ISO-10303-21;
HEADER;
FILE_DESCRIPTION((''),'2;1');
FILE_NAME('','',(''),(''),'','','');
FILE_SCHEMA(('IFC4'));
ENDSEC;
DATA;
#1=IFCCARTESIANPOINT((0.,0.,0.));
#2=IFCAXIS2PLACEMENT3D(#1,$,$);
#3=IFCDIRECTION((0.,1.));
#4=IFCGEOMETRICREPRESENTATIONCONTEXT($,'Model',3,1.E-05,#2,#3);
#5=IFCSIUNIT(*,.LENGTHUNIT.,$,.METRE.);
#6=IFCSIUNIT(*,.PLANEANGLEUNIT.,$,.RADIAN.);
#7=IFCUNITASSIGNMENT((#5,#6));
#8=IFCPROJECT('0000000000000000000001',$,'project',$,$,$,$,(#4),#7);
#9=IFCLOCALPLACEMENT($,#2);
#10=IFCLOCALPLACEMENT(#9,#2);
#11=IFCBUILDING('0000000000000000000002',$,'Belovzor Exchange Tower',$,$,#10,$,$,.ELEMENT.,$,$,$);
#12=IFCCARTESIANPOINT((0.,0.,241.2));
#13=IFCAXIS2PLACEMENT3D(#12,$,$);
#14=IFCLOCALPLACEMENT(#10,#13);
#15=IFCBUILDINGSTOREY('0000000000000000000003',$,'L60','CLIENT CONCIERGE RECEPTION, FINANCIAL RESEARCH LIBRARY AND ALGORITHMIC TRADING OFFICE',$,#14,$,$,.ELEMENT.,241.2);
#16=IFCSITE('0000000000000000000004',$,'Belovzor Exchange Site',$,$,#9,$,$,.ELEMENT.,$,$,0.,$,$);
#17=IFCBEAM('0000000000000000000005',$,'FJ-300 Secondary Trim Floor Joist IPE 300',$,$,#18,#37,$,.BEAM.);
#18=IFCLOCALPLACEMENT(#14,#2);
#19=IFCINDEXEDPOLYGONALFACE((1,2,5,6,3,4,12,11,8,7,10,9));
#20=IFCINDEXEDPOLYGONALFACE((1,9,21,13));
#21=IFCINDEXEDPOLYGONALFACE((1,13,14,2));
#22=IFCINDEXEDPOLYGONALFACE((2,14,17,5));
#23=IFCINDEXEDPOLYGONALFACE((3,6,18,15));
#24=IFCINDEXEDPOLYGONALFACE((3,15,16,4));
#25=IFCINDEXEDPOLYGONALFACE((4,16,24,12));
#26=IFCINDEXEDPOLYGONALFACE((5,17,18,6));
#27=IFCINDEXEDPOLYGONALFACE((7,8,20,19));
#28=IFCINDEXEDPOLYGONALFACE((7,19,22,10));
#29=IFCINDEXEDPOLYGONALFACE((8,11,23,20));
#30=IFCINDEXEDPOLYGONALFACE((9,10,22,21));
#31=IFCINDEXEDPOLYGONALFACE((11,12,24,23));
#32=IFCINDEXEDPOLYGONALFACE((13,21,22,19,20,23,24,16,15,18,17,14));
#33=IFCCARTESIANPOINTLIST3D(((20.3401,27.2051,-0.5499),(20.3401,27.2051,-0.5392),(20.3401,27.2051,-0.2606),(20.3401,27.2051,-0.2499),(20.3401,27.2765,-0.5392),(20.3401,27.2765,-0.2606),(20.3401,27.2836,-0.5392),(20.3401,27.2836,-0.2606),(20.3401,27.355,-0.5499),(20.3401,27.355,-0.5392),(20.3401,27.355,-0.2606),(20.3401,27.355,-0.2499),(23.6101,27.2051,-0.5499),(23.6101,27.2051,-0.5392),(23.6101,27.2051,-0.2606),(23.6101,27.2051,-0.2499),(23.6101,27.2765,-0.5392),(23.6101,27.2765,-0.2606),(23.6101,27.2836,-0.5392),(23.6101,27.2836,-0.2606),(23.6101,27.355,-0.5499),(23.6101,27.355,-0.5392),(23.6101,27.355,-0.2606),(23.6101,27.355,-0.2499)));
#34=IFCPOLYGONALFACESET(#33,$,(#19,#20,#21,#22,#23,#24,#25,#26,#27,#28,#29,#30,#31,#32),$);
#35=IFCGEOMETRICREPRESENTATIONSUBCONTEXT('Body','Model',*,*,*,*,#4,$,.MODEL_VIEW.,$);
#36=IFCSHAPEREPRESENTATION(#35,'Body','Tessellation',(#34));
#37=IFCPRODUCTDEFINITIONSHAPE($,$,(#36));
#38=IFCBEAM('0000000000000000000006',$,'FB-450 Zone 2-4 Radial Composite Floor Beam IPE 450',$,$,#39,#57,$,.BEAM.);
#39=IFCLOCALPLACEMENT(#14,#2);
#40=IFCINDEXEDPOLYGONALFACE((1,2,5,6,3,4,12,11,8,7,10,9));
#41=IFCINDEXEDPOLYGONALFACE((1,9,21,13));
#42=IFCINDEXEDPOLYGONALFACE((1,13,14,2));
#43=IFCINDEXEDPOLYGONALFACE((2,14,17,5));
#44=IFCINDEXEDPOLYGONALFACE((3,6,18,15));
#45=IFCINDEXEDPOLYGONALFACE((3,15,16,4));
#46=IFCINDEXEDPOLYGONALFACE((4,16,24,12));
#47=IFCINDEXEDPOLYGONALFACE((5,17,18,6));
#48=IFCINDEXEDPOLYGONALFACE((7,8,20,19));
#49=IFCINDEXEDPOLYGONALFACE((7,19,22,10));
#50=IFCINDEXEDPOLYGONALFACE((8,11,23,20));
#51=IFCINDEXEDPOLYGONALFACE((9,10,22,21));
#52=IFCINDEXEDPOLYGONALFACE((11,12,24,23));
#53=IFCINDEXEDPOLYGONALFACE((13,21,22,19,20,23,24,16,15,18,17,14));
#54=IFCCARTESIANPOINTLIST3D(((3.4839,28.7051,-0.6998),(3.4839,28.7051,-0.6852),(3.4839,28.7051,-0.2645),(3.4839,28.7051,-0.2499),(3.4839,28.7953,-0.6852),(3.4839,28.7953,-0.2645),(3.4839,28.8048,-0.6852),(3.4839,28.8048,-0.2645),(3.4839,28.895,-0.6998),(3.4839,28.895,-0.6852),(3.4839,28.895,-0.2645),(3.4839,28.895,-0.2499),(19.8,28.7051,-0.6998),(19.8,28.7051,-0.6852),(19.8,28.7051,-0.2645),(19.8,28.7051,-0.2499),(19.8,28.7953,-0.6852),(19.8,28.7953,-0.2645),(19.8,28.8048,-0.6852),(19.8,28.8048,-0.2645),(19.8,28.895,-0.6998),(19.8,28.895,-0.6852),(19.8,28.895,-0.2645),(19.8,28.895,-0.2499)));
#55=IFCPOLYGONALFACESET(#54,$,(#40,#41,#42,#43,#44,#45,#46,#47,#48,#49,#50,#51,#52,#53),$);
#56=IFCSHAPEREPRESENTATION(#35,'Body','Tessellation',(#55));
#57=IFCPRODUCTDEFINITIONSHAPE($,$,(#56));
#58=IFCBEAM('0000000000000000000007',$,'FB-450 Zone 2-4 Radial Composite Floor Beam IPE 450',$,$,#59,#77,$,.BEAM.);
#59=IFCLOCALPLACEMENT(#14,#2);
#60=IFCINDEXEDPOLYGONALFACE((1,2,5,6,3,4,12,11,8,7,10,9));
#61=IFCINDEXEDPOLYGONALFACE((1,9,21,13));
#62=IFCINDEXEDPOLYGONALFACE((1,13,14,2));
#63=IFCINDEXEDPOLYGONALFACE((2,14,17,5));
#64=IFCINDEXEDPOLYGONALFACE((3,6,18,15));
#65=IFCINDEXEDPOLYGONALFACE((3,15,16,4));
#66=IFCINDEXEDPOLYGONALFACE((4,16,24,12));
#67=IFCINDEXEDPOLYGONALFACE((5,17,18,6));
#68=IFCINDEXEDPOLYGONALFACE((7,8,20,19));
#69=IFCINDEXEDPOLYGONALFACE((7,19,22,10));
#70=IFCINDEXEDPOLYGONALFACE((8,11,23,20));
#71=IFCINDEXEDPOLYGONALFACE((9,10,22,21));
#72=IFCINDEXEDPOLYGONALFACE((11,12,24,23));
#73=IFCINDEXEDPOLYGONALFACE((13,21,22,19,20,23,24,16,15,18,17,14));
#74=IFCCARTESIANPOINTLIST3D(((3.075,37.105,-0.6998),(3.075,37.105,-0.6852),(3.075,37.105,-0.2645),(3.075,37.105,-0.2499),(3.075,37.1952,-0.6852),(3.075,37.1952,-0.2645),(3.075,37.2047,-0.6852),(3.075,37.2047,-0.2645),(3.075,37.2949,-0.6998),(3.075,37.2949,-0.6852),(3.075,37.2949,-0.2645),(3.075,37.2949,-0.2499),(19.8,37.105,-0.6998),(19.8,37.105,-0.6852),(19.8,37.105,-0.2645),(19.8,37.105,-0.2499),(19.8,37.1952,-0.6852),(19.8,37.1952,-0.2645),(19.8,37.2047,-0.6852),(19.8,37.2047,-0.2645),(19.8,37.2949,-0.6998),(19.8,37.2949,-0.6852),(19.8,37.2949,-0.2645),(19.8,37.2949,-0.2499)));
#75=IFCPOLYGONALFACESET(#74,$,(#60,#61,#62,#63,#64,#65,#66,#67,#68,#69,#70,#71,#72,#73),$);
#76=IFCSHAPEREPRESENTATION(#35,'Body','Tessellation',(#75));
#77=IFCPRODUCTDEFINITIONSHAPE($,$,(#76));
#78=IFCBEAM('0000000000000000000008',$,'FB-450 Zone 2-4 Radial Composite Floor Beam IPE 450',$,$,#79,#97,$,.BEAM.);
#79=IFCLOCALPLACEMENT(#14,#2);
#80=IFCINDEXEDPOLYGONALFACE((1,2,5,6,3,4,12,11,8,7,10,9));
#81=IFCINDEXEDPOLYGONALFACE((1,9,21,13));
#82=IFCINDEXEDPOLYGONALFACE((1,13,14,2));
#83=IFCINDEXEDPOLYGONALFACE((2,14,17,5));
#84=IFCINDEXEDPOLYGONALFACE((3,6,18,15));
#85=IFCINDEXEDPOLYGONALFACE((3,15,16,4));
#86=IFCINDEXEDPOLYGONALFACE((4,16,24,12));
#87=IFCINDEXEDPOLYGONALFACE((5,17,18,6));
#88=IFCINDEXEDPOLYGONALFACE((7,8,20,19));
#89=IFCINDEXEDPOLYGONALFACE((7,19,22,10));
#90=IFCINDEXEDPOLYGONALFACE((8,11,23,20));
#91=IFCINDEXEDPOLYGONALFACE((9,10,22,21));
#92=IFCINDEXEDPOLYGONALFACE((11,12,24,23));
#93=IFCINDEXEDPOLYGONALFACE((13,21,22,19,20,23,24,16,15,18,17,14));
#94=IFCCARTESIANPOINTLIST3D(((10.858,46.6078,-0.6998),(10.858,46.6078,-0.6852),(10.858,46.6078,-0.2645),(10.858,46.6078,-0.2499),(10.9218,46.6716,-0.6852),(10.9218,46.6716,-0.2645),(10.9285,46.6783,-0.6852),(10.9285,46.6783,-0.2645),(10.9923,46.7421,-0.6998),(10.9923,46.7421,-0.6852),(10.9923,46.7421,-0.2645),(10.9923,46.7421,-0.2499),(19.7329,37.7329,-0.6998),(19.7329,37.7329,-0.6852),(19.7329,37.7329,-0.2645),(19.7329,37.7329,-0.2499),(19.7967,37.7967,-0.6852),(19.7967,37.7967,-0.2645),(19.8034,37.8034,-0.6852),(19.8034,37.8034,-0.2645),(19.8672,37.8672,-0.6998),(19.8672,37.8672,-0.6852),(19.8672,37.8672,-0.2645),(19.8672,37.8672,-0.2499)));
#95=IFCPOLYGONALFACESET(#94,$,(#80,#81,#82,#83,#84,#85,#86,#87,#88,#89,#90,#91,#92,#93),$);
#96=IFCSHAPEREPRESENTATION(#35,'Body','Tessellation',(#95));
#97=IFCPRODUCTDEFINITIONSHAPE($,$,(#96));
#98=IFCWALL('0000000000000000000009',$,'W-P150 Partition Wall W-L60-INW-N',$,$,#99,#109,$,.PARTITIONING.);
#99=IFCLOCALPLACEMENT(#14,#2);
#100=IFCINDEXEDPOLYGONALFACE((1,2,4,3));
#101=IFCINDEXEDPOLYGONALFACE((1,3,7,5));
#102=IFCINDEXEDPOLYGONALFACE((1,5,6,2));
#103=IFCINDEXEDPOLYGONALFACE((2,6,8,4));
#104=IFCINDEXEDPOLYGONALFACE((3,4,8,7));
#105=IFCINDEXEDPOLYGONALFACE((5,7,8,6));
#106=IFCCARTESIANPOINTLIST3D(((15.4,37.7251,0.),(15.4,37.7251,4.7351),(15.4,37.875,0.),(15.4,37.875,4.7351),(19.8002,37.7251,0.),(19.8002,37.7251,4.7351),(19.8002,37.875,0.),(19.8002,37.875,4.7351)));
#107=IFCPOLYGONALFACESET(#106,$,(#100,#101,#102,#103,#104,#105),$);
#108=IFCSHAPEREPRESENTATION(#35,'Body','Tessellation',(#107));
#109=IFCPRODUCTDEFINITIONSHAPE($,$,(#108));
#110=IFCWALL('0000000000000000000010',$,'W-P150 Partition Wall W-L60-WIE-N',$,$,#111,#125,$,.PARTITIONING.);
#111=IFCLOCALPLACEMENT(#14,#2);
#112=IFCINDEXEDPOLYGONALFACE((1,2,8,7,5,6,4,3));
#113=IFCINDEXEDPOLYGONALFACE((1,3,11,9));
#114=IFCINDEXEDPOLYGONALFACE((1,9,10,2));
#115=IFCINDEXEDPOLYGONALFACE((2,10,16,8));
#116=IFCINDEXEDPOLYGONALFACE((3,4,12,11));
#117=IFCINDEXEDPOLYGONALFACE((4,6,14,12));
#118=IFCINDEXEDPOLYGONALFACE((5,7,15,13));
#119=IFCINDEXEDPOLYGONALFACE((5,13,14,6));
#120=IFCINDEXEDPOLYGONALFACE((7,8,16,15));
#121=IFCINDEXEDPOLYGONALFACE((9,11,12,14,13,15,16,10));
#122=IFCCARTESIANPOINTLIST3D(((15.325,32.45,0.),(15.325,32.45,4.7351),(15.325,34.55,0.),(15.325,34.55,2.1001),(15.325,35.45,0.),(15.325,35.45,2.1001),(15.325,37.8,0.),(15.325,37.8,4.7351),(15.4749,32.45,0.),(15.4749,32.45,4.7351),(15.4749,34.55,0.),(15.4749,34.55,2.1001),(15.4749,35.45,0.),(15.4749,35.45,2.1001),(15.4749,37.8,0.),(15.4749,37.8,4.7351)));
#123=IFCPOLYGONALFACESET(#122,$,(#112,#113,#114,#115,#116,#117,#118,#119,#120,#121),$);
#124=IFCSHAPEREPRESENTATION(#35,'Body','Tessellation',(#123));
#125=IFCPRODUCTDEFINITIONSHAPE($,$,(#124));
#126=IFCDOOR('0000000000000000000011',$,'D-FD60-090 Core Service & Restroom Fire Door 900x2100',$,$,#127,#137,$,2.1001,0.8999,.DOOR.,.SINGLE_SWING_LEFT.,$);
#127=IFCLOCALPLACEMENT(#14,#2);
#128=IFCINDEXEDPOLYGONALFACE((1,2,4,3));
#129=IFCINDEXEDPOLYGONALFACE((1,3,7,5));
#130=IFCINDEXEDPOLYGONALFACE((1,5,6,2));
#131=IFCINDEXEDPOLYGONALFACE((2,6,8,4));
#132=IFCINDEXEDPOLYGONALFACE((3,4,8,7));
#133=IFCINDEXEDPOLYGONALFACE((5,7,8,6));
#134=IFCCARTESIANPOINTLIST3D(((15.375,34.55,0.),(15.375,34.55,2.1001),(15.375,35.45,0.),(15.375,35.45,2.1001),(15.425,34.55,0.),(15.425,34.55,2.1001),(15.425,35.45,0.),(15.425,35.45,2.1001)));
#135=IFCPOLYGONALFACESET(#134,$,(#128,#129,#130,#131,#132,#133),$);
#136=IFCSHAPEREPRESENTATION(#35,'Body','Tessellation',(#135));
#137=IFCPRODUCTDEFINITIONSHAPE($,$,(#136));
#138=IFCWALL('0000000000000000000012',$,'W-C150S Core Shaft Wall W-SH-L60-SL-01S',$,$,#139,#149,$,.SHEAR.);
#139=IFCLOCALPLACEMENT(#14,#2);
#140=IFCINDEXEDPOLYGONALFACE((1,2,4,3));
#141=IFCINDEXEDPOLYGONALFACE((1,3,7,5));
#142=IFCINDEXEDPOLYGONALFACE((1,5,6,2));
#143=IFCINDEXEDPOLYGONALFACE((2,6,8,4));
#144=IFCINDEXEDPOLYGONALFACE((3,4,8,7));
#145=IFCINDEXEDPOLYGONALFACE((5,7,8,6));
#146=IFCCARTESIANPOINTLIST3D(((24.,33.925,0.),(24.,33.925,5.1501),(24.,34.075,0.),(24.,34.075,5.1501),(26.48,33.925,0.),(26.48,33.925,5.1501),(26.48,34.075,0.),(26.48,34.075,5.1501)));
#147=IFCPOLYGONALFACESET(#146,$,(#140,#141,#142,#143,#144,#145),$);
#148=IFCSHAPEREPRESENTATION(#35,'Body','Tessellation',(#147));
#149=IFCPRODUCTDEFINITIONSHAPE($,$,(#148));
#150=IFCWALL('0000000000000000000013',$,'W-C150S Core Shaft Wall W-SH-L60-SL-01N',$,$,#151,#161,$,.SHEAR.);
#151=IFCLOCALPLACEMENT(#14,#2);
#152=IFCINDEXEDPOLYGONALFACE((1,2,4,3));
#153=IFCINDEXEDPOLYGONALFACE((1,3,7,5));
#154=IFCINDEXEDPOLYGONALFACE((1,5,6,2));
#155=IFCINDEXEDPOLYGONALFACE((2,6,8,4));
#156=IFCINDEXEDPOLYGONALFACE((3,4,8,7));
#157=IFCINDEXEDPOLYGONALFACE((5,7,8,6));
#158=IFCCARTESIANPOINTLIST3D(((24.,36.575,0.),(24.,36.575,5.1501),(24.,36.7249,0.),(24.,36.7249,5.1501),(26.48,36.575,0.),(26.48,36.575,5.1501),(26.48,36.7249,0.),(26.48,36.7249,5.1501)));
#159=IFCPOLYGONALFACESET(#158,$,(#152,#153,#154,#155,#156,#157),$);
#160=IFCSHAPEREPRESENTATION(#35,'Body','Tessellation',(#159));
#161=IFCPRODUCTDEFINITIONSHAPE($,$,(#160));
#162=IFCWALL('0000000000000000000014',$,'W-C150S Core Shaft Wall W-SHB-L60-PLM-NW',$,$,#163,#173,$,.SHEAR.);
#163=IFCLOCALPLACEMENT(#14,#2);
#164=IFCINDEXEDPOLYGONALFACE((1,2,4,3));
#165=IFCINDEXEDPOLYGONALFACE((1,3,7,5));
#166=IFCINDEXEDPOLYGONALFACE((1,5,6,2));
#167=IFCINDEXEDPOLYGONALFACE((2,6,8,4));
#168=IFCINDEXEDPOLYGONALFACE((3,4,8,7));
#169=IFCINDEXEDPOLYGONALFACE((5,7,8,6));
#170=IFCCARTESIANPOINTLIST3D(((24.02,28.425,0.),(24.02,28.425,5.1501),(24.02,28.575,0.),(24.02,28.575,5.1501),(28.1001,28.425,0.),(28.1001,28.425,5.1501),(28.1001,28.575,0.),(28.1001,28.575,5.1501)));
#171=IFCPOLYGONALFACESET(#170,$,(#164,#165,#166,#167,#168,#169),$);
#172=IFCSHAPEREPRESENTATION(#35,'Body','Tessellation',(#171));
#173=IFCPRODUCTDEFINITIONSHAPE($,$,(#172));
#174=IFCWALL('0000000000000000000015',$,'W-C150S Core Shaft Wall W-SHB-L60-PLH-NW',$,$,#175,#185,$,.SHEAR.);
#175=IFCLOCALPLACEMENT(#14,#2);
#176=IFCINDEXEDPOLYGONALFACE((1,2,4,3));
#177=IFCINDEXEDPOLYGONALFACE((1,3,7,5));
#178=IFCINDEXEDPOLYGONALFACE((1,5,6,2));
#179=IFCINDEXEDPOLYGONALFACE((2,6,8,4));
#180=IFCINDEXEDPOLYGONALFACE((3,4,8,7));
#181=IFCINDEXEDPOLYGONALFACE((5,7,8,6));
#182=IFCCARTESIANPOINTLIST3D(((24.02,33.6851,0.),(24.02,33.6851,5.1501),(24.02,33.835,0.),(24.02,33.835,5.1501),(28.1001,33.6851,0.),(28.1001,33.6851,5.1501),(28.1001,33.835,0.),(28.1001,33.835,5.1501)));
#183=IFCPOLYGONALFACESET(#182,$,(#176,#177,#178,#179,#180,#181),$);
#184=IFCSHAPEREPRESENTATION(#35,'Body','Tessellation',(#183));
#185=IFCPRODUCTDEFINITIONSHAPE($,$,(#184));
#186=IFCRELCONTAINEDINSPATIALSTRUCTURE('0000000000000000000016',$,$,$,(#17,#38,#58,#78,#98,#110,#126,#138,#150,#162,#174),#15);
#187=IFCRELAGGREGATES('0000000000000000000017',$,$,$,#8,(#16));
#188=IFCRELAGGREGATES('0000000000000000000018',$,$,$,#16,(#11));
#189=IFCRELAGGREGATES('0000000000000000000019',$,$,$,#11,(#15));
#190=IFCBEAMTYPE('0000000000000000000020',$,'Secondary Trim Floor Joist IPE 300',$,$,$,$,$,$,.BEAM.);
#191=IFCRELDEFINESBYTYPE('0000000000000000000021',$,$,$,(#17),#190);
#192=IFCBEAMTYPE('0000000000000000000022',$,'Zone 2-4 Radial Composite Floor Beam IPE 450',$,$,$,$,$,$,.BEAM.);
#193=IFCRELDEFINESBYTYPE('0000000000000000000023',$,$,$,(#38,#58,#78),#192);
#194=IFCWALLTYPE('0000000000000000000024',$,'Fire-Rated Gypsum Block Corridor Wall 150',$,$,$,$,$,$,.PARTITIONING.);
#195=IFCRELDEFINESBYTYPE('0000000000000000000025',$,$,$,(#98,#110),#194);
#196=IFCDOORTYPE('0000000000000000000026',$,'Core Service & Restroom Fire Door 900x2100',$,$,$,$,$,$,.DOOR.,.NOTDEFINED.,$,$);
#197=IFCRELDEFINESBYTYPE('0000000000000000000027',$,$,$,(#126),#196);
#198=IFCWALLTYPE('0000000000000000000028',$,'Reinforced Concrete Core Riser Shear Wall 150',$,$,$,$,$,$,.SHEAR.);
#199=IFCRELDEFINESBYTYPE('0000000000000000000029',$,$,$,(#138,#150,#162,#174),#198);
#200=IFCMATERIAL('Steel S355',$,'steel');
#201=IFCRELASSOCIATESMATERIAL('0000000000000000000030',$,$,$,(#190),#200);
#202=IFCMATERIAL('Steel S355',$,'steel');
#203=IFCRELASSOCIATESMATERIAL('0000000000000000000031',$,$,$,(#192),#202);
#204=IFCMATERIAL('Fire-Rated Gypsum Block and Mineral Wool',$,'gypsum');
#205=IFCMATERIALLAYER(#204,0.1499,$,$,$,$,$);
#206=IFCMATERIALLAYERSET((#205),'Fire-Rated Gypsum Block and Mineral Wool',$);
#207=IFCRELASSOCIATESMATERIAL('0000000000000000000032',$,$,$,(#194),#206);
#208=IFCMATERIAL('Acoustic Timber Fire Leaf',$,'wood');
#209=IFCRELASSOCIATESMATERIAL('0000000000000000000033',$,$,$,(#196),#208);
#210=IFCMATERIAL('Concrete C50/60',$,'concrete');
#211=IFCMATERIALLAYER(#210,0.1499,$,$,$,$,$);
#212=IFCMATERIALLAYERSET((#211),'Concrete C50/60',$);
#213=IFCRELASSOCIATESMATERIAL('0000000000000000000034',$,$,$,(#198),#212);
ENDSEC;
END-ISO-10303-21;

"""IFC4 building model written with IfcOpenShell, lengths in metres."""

from ifc_helpers import new_model, si_unit, direction, frame, frame_2d, origin, origin_2d, place, context, subcontext, project, spatial, rectangle, i_section, extrude, material, layer, layer_set, material_profile, profile_set, type_object, element, fill, save


model = new_model("IFC4")

# Units and contexts
model_context = context("Model", 3, precision=1e-05, world=origin(), true_north=direction((0.0, 1.0)))
body_context = subcontext(model_context, "Body", "Model", "MODEL_VIEW")
ifc_project = project(units=[si_unit("LENGTHUNIT", "METRE"), si_unit("PLANEANGLEUNIT", "RADIAN")], contexts=[model_context])

# Site, building, storey
site_placement = place(None, origin())
site = spatial("IfcSite", under=ifc_project, at=site_placement, Name="Belovzor Exchange Site", CompositionType="ELEMENT", RefElevation=0.0)
building_placement = place(site_placement, origin())
building = spatial("IfcBuilding", under=site, at=building_placement, Name="Belovzor Exchange Tower", CompositionType="ELEMENT")
storey_placement = place(building_placement, frame((0.0, 0.0, 241.2)))
storey = spatial("IfcBuildingStorey", under=building, at=storey_placement, Name="L60", Description="CLIENT CONCIERGE RECEPTION, FINANCIAL RESEARCH LIBRARY AND ALGORITHMIC TRADING OFFICE", CompositionType="ELEMENT", Elevation=241.2)

# Beams
ifc_material_1 = material(Name="Steel S355", Category="steel")
ifc_material_profile_1 = material_profile(ifc_material_1, i_section(OverallWidth=0.1499, OverallDepth=0.3, WebThickness=0.0071, FlangeThickness=0.0107, at=origin_2d()))
ifc_profile_set_1 = profile_set([ifc_material_profile_1], Name="Steel S355")
beam_type_1 = type_object("IfcBeamType", Name="Secondary Trim Floor Joist IPE 300", PredefinedType="BEAM", material=ifc_profile_set_1)
beam_1_placement = place(storey_placement, frame((20.3401, 27.28, -0.3999), z_axis=(1.0, 0.0, 0.0), x_axis=(0.0, 1.0, 0.0)))
element("IfcBeam", 1, at=beam_1_placement, inside=storey, type_object=beam_type_1, Name="FJ-300 Secondary Trim Floor Joist IPE 300", PredefinedType="BEAM", context=body_context, shape_type="SweptSolid", body=[
    extrude(i_section(OverallWidth=0.1499, OverallDepth=0.3, WebThickness=0.0071, FlangeThickness=0.0107, at=origin_2d()), origin(), (0.0, 0.0, 1.0), 3.27),
])
ifc_material_2 = material(Name="Steel S355", Category="steel")
ifc_material_profile_2 = material_profile(ifc_material_2, i_section(OverallWidth=0.1899, OverallDepth=0.45, WebThickness=0.0095, FlangeThickness=0.0146, at=origin_2d()))
ifc_profile_set_2 = profile_set([ifc_material_profile_2], Name="Steel S355")
beam_type_2 = type_object("IfcBeamType", Name="Zone 2-4 Radial Composite Floor Beam IPE 450", PredefinedType="BEAM", material=ifc_profile_set_2)
beam_2_placement = place(storey_placement, frame((19.8, 28.8, -0.4749), z_axis=(-1.0, 0.0, 0.0), x_axis=(0.0, -1.0, 0.0)))
element("IfcBeam", 2, at=beam_2_placement, inside=storey, type_object=beam_type_2, Name="FB-450 Zone 2-4 Radial Composite Floor Beam IPE 450", PredefinedType="BEAM", context=body_context, shape_type="SweptSolid", body=[
    extrude(i_section(OverallWidth=0.1899, OverallDepth=0.45, WebThickness=0.0095, FlangeThickness=0.0146, at=origin_2d()), origin(), (0.0, 0.0, 1.0), 16.3162),
])
beam_3_placement = place(storey_placement, frame((19.8, 37.2, -0.4749), z_axis=(-1.0, 0.0, 0.0), x_axis=(0.0, -1.0, 0.0)))
element("IfcBeam", 3, at=beam_3_placement, inside=storey, type_object=beam_type_2, Name="FB-450 Zone 2-4 Radial Composite Floor Beam IPE 450", PredefinedType="BEAM", context=body_context, shape_type="SweptSolid", body=[
    extrude(i_section(OverallWidth=0.1899, OverallDepth=0.45, WebThickness=0.0095, FlangeThickness=0.0146, at=origin_2d()), origin(), (0.0, 0.0, 1.0), 16.7251),
])
beam_4_placement = place(storey_placement, frame((19.8, 37.8, -0.4749), z_axis=(-0.707107, 0.707107, 0.0), x_axis=(-0.707107, -0.707107, 0.0)))
element("IfcBeam", 4, at=beam_4_placement, inside=storey, type_object=beam_type_2, Name="FB-450 Zone 2-4 Radial Composite Floor Beam IPE 450", PredefinedType="BEAM", context=body_context, shape_type="SweptSolid", body=[
    extrude(i_section(OverallWidth=0.1899, OverallDepth=0.45, WebThickness=0.0095, FlangeThickness=0.0146, at=origin_2d()), origin(), (0.0, 0.0, 1.0), 12.551),
])

# Wall
ifc_material_3 = material(Name="Fire-Rated Gypsum Block and Mineral Wool", Category="gypsum")
ifc_layer_1 = layer(ifc_material_3, 0.1499)
ifc_layer_set_1 = layer_set([ifc_layer_1], Name="Fire-Rated Gypsum Block and Mineral Wool")
wall_type_1 = type_object("IfcWallType", Name="Fire-Rated Gypsum Block Corridor Wall 150", PredefinedType="PARTITIONING", material=ifc_layer_set_1)
wall_1_placement = place(storey_placement, frame((15.3999, 37.8, 0.0), z_axis=(0.0, 0.0, 1.0), x_axis=(1.0, 0.0, 0.0)))
element("IfcWall", 5, at=wall_1_placement, inside=storey, type_object=wall_type_1, Name="W-P150 Partition Wall W-L60-INW-N", PredefinedType="PARTITIONING", context=body_context, shape_type="SweptSolid", body=[
    extrude(rectangle(XDim=4.4001, YDim=0.1499, at=frame_2d((2.2002, 0.0))), origin(), (0.0, 0.0, 1.0), 4.7351),
])

# Wall, opening, door
wall_2_placement = place(storey_placement, frame((15.3999, 32.45, 0.0), z_axis=(0.0, 0.0, 1.0), x_axis=(0.0, 1.0, 0.0)))
wall_2 = element("IfcWall", 6, at=wall_2_placement, inside=storey, type_object=wall_type_1, Name="W-P150 Partition Wall W-L60-WIE-N", PredefinedType="PARTITIONING", context=body_context, shape_type="SweptSolid", body=[
    extrude(rectangle(XDim=5.3501, YDim=0.1499, at=frame_2d((2.675, 0.0))), origin(), (0.0, 0.0, 1.0), 4.7351),
])
opening_1_placement = place(wall_2_placement, frame((2.1001, 0.0, 0.0)))
opening_1 = element("IfcOpeningElement", 7, at=opening_1_placement, cuts=wall_2, PredefinedType="OPENING", context=body_context, shape_type="SweptSolid", body=[
    extrude(rectangle(XDim=0.8999, YDim=2.1001, at=frame_2d((0.45, 1.05))), frame((0.0, 0.085, 0.0), z_axis=(0.0, -1.0, 0.0), x_axis=(1.0, 0.0, 0.0)), (0.0, 0.0, 1.0), 0.1699),
])
ifc_material_4 = material(Name="Acoustic Timber Fire Leaf", Category="wood")
door_type_1 = type_object("IfcDoorType", Name="Core Service & Restroom Fire Door 900x2100", OperationType="NOTDEFINED", PredefinedType="DOOR", material=ifc_material_4)
door_1_placement = place(opening_1_placement, origin())
door_1 = element("IfcDoor", 8, at=door_1_placement, inside=storey, type_object=door_type_1, Name="D-FD60-090 Core Service & Restroom Fire Door 900x2100", OperationType="SINGLE_SWING_LEFT", OverallHeight=2.1001, OverallWidth=0.8999, PredefinedType="DOOR", context=body_context, shape_type="SweptSolid", body=[
    extrude(rectangle(XDim=0.8999, YDim=2.1001, at=frame_2d((0.45, 1.05))), frame((0.0, 0.0249, 0.0), z_axis=(0.0, -1.0, 0.0), x_axis=(1.0, 0.0, 0.0)), (0.0, 0.0, 1.0), 0.05),
])
fill(opening_1, door_1)

# Walls
ifc_material_5 = material(Name="Concrete C50/60", Category="concrete")
ifc_layer_2 = layer(ifc_material_5, 0.1499)
ifc_layer_set_2 = layer_set([ifc_layer_2], Name="Concrete C50/60")
wall_type_2 = type_object("IfcWallType", Name="Reinforced Concrete Core Riser Shear Wall 150", PredefinedType="SHEAR", material=ifc_layer_set_2)
for number, where, z_axis, x_axis, name in (
    (9, (24.0, 34.0, 0.0), (0.0, 0.0, 1.0), (1.0, 0.0, 0.0), "W-C150S Core Shaft Wall W-SH-L60-SL-01S"),
    (10, (24.0, 36.6499, 0.0), (0.0, 0.0, 1.0), (1.0, 0.0, 0.0), "W-C150S Core Shaft Wall W-SH-L60-SL-01N"),
):
    element("IfcWall", number, at=place(storey_placement, frame(where, z_axis=z_axis, x_axis=x_axis)), inside=storey, type_object=wall_type_2, Name=name, PredefinedType="SHEAR", context=body_context, shape_type="SweptSolid", body=[
        extrude(rectangle(XDim=2.48, YDim=0.1499, at=frame_2d((1.24, 0.0))), origin(), (0.0, 0.0, 1.0), 5.1501),
    ])
for number, where, z_axis, x_axis, name in (
    (11, (24.02, 28.5, 0.0), (0.0, 0.0, 1.0), (1.0, 0.0, 0.0), "W-C150S Core Shaft Wall W-SHB-L60-PLM-NW"),
    (12, (24.02, 33.76, 0.0), (0.0, 0.0, 1.0), (1.0, 0.0, 0.0), "W-C150S Core Shaft Wall W-SHB-L60-PLH-NW"),
):
    element("IfcWall", number, at=place(storey_placement, frame(where, z_axis=z_axis, x_axis=x_axis)), inside=storey, type_object=wall_type_2, Name=name, PredefinedType="SHEAR", context=body_context, shape_type="SweptSolid", body=[
        extrude(rectangle(XDim=4.0801, YDim=0.1499, at=frame_2d((2.04, 0.0))), origin(), (0.0, 0.0, 1.0), 5.1501),
    ])

save(model, "model.ifc")
